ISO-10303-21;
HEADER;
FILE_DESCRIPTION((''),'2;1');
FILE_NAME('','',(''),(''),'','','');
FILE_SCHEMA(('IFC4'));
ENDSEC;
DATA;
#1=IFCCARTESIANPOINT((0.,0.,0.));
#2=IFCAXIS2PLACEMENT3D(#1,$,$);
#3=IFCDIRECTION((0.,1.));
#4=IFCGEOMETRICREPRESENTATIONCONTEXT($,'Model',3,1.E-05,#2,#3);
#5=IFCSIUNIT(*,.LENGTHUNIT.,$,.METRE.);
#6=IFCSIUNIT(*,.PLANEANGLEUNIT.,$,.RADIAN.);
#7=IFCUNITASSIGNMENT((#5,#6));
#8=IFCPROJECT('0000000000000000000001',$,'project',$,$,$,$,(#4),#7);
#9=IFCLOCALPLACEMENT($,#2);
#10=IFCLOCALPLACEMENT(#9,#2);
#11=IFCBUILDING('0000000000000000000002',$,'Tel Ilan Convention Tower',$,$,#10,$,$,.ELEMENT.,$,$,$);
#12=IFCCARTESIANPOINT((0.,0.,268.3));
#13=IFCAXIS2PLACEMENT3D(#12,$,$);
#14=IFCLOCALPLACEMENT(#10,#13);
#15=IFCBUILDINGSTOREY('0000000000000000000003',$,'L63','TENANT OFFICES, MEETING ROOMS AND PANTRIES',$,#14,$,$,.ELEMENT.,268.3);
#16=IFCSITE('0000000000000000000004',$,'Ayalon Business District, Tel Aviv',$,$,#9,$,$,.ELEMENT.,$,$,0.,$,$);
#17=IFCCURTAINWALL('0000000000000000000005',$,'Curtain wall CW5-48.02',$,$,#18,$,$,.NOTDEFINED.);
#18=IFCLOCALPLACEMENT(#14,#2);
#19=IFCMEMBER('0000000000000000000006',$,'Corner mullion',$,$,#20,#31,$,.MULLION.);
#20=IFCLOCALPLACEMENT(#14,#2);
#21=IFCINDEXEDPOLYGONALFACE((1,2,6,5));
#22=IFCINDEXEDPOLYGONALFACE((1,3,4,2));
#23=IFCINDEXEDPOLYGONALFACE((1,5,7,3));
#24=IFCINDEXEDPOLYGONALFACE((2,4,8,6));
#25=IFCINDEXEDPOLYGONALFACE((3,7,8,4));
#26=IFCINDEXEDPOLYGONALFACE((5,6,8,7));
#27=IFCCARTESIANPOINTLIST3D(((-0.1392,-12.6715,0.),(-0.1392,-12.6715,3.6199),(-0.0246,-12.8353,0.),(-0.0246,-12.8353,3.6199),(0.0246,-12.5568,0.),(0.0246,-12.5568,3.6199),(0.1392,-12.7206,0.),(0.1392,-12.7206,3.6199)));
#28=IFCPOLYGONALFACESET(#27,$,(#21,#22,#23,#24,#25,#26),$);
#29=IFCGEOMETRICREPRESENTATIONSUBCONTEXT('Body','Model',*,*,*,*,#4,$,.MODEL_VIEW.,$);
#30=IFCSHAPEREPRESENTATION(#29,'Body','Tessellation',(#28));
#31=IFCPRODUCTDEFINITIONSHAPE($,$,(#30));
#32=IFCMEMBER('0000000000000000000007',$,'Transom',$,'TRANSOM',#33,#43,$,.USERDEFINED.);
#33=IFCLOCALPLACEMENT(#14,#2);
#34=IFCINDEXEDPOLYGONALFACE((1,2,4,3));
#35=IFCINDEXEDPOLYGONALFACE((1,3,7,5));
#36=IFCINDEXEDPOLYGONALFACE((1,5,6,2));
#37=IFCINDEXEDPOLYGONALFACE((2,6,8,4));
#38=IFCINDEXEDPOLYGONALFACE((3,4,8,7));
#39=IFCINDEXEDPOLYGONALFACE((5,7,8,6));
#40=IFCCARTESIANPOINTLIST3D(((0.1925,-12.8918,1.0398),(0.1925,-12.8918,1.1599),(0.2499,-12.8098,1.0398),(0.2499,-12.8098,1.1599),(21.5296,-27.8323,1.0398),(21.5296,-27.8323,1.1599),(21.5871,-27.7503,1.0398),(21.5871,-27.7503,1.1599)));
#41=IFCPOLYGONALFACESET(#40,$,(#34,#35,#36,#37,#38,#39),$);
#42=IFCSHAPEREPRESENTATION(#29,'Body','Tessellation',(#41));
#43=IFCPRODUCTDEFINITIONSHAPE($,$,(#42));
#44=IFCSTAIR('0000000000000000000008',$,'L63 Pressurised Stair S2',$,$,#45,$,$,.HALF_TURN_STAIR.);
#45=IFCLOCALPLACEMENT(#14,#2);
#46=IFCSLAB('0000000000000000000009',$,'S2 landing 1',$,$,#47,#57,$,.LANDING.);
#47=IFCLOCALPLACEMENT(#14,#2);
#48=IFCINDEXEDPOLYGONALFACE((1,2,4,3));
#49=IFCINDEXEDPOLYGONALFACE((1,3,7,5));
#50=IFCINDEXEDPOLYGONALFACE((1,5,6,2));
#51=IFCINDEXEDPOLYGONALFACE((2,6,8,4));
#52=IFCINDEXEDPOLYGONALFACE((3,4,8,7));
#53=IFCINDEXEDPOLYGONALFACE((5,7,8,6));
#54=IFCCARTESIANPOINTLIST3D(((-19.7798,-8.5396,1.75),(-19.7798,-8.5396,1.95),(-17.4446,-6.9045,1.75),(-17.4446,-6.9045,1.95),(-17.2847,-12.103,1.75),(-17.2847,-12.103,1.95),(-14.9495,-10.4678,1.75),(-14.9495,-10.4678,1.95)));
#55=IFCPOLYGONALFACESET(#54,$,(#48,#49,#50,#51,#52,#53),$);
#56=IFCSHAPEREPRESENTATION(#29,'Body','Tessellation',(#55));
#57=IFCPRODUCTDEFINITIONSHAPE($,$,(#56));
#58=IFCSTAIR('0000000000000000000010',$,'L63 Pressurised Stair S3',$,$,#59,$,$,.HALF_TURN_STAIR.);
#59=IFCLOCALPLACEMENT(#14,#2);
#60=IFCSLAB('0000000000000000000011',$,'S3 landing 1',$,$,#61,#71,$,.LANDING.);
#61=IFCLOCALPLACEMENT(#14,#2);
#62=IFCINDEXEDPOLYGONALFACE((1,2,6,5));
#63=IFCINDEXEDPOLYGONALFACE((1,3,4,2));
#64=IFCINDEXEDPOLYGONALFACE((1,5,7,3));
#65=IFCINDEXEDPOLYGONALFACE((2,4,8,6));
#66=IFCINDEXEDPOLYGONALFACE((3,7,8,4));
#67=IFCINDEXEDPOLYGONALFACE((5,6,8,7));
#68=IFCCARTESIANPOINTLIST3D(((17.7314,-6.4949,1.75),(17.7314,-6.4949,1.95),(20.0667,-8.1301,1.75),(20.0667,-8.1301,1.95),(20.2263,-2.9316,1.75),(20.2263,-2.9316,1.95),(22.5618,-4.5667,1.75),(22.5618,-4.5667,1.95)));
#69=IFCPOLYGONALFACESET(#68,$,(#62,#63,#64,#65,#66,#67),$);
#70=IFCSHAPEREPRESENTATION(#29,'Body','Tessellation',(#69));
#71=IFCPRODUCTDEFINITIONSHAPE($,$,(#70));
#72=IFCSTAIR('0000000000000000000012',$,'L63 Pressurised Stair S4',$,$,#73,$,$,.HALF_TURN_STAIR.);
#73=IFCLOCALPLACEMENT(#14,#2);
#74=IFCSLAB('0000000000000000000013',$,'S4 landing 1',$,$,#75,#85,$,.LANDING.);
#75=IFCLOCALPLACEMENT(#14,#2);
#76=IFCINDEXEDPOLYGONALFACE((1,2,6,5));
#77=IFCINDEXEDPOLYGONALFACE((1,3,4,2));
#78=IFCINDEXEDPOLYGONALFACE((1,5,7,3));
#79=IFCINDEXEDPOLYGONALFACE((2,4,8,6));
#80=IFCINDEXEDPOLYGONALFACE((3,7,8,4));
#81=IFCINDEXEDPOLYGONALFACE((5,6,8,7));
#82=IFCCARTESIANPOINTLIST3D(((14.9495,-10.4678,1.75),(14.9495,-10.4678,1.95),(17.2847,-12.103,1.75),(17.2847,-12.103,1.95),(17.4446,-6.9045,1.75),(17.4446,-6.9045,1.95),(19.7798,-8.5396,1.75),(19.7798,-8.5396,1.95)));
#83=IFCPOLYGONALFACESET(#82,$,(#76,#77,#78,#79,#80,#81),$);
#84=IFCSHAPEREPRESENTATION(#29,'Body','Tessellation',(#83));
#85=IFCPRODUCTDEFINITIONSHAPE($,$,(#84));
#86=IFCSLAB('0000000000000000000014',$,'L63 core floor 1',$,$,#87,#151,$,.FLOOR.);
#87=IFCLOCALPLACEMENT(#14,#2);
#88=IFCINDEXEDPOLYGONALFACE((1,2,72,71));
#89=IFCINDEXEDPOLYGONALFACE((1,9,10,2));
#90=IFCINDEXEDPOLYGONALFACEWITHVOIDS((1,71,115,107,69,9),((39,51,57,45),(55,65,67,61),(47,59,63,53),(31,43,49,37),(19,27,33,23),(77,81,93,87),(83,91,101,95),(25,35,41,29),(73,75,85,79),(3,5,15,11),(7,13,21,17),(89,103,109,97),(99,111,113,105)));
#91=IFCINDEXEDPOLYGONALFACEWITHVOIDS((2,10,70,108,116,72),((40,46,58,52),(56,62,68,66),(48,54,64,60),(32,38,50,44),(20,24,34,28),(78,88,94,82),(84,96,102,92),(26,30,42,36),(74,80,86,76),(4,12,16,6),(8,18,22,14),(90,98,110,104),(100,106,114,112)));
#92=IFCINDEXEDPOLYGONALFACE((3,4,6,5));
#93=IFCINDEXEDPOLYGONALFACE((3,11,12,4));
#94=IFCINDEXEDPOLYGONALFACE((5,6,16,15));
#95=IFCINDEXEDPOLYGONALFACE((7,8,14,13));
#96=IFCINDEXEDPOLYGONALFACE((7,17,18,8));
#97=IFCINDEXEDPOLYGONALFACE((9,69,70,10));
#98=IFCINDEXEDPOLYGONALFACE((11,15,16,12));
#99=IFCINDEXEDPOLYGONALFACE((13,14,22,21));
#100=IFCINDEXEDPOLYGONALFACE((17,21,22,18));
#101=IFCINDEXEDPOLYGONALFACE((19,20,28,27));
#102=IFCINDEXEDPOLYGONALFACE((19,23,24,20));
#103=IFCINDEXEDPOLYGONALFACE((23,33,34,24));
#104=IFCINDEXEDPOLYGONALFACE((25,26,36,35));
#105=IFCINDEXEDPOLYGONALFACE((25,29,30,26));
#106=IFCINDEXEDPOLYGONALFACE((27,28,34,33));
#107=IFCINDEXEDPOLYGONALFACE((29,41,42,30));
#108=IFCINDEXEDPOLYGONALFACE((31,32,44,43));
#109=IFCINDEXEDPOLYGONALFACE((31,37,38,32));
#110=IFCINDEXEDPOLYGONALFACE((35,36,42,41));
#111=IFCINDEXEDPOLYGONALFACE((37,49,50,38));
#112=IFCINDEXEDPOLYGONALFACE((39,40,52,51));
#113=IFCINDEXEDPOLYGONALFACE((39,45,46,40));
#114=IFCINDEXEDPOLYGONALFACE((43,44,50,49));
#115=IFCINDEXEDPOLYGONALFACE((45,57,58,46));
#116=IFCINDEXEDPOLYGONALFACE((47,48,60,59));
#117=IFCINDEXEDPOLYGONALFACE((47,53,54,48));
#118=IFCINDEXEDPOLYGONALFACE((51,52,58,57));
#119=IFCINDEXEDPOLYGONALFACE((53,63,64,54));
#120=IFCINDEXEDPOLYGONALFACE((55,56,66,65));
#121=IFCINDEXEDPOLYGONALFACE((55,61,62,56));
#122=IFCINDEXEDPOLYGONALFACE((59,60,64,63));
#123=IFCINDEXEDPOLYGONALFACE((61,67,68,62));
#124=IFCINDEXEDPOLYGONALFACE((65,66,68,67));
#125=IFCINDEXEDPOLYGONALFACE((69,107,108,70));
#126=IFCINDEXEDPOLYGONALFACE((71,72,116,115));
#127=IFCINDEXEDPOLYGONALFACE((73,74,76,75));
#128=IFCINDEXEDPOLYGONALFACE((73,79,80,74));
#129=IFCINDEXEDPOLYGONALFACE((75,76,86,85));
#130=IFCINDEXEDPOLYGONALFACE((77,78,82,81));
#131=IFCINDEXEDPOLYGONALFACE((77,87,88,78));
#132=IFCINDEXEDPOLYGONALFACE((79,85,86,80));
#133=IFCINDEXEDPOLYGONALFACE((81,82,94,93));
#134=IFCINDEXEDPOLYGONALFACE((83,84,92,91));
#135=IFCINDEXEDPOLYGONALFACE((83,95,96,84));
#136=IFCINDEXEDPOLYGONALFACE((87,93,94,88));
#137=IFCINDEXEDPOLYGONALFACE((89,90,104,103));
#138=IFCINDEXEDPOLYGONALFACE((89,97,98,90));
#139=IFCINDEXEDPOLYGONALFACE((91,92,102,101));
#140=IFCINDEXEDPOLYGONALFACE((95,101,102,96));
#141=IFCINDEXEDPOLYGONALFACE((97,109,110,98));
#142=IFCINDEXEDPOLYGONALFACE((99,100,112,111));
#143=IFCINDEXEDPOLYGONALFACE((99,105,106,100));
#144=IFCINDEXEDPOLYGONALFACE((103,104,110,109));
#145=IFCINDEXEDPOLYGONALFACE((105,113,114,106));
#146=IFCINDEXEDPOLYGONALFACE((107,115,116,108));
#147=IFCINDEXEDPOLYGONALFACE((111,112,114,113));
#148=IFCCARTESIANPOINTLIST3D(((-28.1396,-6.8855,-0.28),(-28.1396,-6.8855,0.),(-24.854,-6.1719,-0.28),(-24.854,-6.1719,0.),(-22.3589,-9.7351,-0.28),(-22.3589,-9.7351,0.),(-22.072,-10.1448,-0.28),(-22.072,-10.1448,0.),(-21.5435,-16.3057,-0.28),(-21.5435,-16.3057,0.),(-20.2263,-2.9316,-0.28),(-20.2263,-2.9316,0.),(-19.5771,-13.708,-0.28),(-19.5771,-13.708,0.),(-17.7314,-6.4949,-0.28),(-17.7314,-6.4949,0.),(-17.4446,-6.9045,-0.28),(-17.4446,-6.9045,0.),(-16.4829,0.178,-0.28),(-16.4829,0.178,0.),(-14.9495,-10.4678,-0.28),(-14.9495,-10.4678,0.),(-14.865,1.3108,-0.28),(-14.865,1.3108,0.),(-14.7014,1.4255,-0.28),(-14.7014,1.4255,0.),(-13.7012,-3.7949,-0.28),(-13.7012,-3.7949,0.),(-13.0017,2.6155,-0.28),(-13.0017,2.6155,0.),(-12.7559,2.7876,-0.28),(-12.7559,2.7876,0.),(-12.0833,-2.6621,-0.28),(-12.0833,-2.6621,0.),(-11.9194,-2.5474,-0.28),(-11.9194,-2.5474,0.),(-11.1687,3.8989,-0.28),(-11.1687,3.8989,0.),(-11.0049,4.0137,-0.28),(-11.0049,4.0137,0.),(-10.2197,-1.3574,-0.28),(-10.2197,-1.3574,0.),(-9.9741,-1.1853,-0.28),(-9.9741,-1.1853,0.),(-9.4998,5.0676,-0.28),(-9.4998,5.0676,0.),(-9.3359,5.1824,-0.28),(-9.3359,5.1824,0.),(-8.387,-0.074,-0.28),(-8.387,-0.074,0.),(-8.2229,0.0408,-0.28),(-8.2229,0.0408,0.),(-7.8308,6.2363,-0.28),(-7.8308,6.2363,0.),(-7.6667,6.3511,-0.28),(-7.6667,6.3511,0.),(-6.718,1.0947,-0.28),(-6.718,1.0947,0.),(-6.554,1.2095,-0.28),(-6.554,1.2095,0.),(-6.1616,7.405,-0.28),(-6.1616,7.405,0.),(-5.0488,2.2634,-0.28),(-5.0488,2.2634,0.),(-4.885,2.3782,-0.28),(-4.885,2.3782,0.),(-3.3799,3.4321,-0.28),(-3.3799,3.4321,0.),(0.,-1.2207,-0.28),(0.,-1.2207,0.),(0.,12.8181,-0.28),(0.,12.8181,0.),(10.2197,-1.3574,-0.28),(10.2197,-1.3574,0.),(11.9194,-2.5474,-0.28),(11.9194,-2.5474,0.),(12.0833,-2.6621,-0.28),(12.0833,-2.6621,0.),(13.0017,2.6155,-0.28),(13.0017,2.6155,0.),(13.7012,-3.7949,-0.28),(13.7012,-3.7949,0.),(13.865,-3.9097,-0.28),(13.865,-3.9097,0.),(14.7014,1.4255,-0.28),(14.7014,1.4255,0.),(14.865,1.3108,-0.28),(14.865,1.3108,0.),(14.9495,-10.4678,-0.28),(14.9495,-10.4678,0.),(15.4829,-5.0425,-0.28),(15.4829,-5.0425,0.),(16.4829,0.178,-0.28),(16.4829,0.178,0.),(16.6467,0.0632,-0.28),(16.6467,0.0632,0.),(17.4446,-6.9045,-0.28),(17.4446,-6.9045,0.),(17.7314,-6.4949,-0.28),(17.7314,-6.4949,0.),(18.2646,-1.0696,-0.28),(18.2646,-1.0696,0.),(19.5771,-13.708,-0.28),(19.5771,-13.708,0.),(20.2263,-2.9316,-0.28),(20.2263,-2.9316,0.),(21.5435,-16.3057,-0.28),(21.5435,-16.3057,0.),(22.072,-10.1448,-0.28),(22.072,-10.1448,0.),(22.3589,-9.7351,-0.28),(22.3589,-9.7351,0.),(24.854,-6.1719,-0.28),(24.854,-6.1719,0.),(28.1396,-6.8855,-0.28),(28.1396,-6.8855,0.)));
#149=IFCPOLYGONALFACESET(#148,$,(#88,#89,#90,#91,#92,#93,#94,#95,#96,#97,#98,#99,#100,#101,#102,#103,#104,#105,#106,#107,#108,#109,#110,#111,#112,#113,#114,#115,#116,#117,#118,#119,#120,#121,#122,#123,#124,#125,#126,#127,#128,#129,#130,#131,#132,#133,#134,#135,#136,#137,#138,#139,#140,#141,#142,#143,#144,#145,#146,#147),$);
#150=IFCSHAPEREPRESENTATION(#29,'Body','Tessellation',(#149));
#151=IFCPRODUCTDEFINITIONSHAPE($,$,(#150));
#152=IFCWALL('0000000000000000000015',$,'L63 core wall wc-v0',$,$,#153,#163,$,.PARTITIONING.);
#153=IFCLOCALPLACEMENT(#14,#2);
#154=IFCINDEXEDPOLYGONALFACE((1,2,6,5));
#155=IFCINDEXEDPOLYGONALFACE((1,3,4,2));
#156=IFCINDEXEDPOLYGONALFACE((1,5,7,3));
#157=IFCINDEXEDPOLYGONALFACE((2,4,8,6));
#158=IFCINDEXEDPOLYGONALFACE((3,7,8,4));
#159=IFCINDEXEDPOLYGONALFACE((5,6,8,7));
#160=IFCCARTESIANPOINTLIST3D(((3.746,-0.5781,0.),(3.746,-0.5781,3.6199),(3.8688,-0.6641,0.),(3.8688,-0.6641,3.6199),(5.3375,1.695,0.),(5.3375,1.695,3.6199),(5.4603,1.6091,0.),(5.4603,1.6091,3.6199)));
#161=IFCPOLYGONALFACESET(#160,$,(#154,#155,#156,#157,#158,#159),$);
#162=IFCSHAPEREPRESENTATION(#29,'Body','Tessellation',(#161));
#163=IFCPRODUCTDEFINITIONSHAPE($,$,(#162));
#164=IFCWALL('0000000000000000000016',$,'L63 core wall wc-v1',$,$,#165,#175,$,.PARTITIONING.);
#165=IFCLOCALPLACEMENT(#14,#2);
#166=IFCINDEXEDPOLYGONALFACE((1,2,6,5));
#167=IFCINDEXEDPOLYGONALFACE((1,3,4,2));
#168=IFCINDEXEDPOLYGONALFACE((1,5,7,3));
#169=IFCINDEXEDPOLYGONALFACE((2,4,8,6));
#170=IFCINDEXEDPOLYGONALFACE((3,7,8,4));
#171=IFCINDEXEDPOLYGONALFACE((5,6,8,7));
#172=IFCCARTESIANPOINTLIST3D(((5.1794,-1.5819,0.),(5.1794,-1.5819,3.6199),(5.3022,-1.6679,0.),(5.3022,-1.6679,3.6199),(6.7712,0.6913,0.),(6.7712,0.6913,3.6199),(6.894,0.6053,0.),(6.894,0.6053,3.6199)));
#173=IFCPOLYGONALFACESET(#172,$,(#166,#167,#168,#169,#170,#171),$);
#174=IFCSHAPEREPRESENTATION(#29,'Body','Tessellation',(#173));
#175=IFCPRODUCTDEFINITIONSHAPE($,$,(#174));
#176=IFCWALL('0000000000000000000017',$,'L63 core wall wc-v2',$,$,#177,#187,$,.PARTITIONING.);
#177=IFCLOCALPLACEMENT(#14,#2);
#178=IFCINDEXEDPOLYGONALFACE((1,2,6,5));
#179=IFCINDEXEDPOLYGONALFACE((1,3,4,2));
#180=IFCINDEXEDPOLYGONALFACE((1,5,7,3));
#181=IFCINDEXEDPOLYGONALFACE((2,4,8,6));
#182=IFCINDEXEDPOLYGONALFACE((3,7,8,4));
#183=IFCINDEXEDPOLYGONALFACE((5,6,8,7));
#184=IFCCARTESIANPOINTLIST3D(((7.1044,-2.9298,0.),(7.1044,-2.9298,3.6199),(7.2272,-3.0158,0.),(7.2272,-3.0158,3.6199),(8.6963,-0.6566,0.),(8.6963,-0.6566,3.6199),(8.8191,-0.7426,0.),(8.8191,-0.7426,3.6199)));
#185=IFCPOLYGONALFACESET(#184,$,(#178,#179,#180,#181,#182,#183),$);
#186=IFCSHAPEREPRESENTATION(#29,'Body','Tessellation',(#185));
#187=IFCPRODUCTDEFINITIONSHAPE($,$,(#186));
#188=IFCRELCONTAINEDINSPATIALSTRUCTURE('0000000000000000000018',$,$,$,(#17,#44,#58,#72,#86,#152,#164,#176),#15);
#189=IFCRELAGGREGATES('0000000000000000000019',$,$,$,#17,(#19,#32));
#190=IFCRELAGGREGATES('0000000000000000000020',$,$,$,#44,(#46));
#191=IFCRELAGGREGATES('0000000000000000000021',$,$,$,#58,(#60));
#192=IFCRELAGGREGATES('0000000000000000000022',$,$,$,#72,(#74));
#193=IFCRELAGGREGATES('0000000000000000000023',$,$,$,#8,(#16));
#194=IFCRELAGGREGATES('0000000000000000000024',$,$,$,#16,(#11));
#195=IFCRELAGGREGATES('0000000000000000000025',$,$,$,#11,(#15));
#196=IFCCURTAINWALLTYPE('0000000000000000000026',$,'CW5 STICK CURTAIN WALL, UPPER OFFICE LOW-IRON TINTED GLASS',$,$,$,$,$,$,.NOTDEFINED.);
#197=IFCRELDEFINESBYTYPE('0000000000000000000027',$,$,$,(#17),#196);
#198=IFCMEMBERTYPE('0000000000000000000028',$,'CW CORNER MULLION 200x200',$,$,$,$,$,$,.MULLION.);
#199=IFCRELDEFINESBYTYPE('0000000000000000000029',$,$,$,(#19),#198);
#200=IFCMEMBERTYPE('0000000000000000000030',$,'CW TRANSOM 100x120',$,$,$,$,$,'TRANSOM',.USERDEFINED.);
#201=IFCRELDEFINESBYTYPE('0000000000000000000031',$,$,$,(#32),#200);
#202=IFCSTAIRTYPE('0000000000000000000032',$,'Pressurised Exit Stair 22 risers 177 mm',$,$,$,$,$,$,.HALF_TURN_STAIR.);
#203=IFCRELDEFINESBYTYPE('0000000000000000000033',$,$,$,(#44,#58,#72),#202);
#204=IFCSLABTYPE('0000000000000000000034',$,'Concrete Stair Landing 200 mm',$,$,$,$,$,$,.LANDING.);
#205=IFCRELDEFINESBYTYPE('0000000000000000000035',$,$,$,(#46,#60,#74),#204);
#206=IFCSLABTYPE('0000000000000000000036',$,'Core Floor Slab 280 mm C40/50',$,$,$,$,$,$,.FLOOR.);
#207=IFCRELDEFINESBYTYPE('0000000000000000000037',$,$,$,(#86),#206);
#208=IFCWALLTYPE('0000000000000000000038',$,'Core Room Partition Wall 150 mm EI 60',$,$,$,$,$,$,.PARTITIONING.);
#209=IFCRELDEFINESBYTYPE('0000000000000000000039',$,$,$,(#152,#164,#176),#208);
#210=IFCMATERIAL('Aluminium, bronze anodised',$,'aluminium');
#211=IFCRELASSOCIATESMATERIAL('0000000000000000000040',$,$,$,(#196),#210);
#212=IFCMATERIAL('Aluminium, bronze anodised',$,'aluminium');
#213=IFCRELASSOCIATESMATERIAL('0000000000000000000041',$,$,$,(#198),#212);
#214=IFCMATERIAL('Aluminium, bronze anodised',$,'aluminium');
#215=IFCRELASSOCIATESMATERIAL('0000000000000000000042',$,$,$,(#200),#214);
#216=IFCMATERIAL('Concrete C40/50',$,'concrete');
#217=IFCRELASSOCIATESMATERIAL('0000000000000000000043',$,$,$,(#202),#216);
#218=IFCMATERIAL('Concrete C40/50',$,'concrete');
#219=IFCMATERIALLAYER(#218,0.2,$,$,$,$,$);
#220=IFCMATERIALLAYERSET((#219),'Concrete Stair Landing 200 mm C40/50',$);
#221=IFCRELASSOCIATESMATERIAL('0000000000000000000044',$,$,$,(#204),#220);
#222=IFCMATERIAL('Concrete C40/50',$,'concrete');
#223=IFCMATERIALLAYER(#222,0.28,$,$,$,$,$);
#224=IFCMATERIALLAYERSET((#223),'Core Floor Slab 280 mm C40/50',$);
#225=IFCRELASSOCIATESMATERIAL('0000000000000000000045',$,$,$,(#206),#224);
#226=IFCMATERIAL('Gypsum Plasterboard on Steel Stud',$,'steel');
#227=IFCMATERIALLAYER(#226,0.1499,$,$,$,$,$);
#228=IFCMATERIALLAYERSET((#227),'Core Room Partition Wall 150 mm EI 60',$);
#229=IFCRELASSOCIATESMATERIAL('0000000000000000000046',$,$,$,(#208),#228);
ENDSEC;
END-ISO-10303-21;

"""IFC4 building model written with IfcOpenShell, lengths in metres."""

from ifc_helpers import new_model, si_unit, direction, frame, frame_2d, origin, origin_2d, place, context, subcontext, project, spatial, polyline, rectangle, outline, extrude, material, layer, layer_set, material_profile, profile_set, type_object, element, aggregate, save


model = new_model("IFC4")

# Units and contexts
model_context = context("Model", 3, precision=1e-05, world=origin(), true_north=direction((0.0, 1.0)))
body_context = subcontext(model_context, "Body", "Model", "MODEL_VIEW")
ifc_project = project(units=[si_unit("LENGTHUNIT", "METRE"), si_unit("PLANEANGLEUNIT", "RADIAN")], contexts=[model_context])

# Site, building, storey
site_placement = place(None, origin())
site = spatial("IfcSite", under=ifc_project, at=site_placement, Name="Ayalon Business District, Tel Aviv", CompositionType="ELEMENT", RefElevation=0.0)
building_placement = place(site_placement, origin())
building = spatial("IfcBuilding", under=site, at=building_placement, Name="Tel Ilan Convention Tower", CompositionType="ELEMENT")
storey_placement = place(building_placement, frame((0.0, 0.0, 268.3)))
storey = spatial("IfcBuildingStorey", under=building, at=storey_placement, Name="L63", Description="TENANT OFFICES, MEETING ROOMS AND PANTRIES", CompositionType="ELEMENT", Elevation=268.3)

# Curtain wall, members
ifc_material_1 = material(Name="Aluminium, bronze anodised", Category="aluminium")
curtain_wall_type = type_object("IfcCurtainWallType", Name="CW5 STICK CURTAIN WALL, UPPER OFFICE LOW-IRON TINTED GLASS", PredefinedType="NOTDEFINED", material=ifc_material_1)
curtain_wall_placement = place(storey_placement, origin())
curtain_wall = element("IfcCurtainWall", 1, at=curtain_wall_placement, inside=storey, type_object=curtain_wall_type, Name="Curtain wall CW5-48.02", PredefinedType="NOTDEFINED")
ifc_material_2 = material(Name="Aluminium, bronze anodised", Category="aluminium")
ifc_material_profile_1 = material_profile(ifc_material_2, rectangle(XDim=0.2, YDim=0.2, at=origin_2d()), Name="CW CORNER MULLION 200x200")
ifc_profile_set_1 = profile_set([ifc_material_profile_1], Name="Aluminium, bronze anodised")
member_type_1 = type_object("IfcMemberType", Name="CW CORNER MULLION 200x200", PredefinedType="MULLION", material=ifc_profile_set_1)
member_1_placement = place(storey_placement, frame((0.0, -12.696, 0.0), z_axis=(0.0, 0.0, 1.0), x_axis=(0.819152, 0.573576, 0.0)))
member_1 = element("IfcMember", 2, at=member_1_placement, type_object=member_type_1, Name="Corner mullion", PredefinedType="MULLION", context=body_context, shape_type="SweptSolid", body=[
    extrude(rectangle(XDim=0.2, YDim=0.2, at=origin_2d()), origin(), (0.0, 0.0, 1.0), 3.6199),
])
ifc_material_3 = material(Name="Aluminium, bronze anodised", Category="aluminium")
ifc_material_profile_2 = material_profile(ifc_material_3, rectangle(XDim=0.1001, YDim=0.1201, at=origin_2d()), Name="CW TRANSOM 100x120")
ifc_profile_set_2 = profile_set([ifc_material_profile_2], Name="Aluminium, bronze anodised")
member_type_2 = type_object("IfcMemberType", Name="CW TRANSOM 100x120", ElementType="TRANSOM", PredefinedType="USERDEFINED", material=ifc_profile_set_2)
member_2_placement = place(storey_placement, frame((0.2212, -12.8508, 1.0999), z_axis=(0.819152, -0.573576, 0.0), x_axis=(0.573576, 0.819152, 0.0)))
member_2 = element("IfcMember", 3, at=member_2_placement, type_object=member_type_2, Name="Transom", ObjectType="TRANSOM", PredefinedType="USERDEFINED", context=body_context, shape_type="SweptSolid", body=[
    extrude(rectangle(XDim=0.1001, YDim=0.1201, at=origin_2d()), origin(), (0.0, 0.0, 1.0), 26.0479),
])
aggregate(curtain_wall, [member_1, member_2])

# Stairs, slabs
ifc_material_4 = material(Name="Concrete C40/50", Category="concrete")
stair_type = type_object("IfcStairType", Name="Pressurised Exit Stair 22 risers 177 mm", PredefinedType="HALF_TURN_STAIR", material=ifc_material_4)
stair_1_placement = place(storey_placement, origin())
stair_1 = element("IfcStair", 4, at=stair_1_placement, inside=storey, type_object=stair_type, Name="L63 Pressurised Stair S2", PredefinedType="HALF_TURN_STAIR")
ifc_material_5 = material(Name="Concrete C40/50", Category="concrete")
ifc_layer_1 = layer(ifc_material_5, 0.2)
ifc_layer_set_1 = layer_set([ifc_layer_1], Name="Concrete Stair Landing 200 mm C40/50")
slab_type_1 = type_object("IfcSlabType", Name="Concrete Stair Landing 200 mm", PredefinedType="LANDING", material=ifc_layer_set_1)
slab_1_placement = place(storey_placement, frame((0.0, 0.0, 1.75)))
slab_1 = element("IfcSlab", 5, at=slab_1_placement, type_object=slab_type_1, Name="S2 landing 1", PredefinedType="LANDING", context=body_context, shape_type="SweptSolid", body=[
    extrude(outline(polyline([(-17.2847, -12.103), (-14.9495, -10.4678), (-17.4446, -6.9045), (-19.7798, -8.5396), (-17.2847, -12.103)])), origin(), (0.0, 0.0, 1.0), 0.2),
])
aggregate(stair_1, [slab_1])
stair_2_placement = place(storey_placement, origin())
stair_2 = element("IfcStair", 6, at=stair_2_placement, inside=storey, type_object=stair_type, Name="L63 Pressurised Stair S3", PredefinedType="HALF_TURN_STAIR")
slab_2_placement = place(storey_placement, frame((0.0, 0.0, 1.75)))
slab_2 = element("IfcSlab", 7, at=slab_2_placement, type_object=slab_type_1, Name="S3 landing 1", PredefinedType="LANDING", context=body_context, shape_type="SweptSolid", body=[
    extrude(outline(polyline([(22.5618, -4.5667), (20.2263, -2.9316), (17.7314, -6.4949), (20.0667, -8.1301), (22.5618, -4.5667)])), origin(), (0.0, 0.0, 1.0), 0.2),
])
aggregate(stair_2, [slab_2])
stair_3_placement = place(storey_placement, origin())
stair_3 = element("IfcStair", 8, at=stair_3_placement, inside=storey, type_object=stair_type, Name="L63 Pressurised Stair S4", PredefinedType="HALF_TURN_STAIR")
slab_3_placement = place(storey_placement, frame((0.0, 0.0, 1.75)))
slab_3 = element("IfcSlab", 9, at=slab_3_placement, type_object=slab_type_1, Name="S4 landing 1", PredefinedType="LANDING", context=body_context, shape_type="SweptSolid", body=[
    extrude(outline(polyline([(19.7798, -8.5396), (17.4446, -6.9045), (14.9495, -10.4678), (17.2847, -12.103), (19.7798, -8.5396)])), origin(), (0.0, 0.0, 1.0), 0.2),
])
aggregate(stair_3, [slab_3])

# Slab
ifc_material_6 = material(Name="Concrete C40/50", Category="concrete")
ifc_layer_2 = layer(ifc_material_6, 0.28)
ifc_layer_set_2 = layer_set([ifc_layer_2], Name="Core Floor Slab 280 mm C40/50")
slab_type_2 = type_object("IfcSlabType", Name="Core Floor Slab 280 mm C40/50", PredefinedType="FLOOR", material=ifc_layer_set_2)
slab_4_placement = place(storey_placement, frame((0.0, 0.0, -0.28)))
element("IfcSlab", 10, at=slab_4_placement, inside=storey, type_object=slab_type_2, Name="L63 core floor 1", PredefinedType="FLOOR", context=body_context, shape_type="SweptSolid", body=[
    extrude(outline(polyline([(-28.1396, -6.8855), (0.0, 12.8181), (28.1396, -6.8855), (21.5435, -16.3057), (0.0, -1.2207), (-21.5435, -16.3057), (-28.1396, -6.8855)]), holes=[polyline([(-17.4446, -6.9045), (-22.072, -10.1448), (-19.5771, -13.708), (-14.9495, -10.4678), (-17.4446, -6.9045)]), polyline([(-17.7314, -6.4949), (-20.2263, -2.9316), (-24.854, -6.1719), (-22.3589, -9.7351), (-17.7314, -6.4949)]), polyline([(-14.865, 1.3108), (-16.4829, 0.178), (-13.7012, -3.7949), (-12.0833, -2.6621), (-14.865, 1.3108)]), polyline([(-14.7014, 1.4255), (-11.9194, -2.5474), (-10.2197, -1.3574), (-13.0017, 2.6155), (-14.7014, 1.4255)]), polyline([(-11.1687, 3.8989), (-12.7559, 2.7876), (-9.9741, -1.1853), (-8.387, -0.074), (-11.1687, 3.8989)]), polyline([(-9.4998, 5.0676), (-11.0049, 4.0137), (-8.2229, 0.0408), (-6.718, 1.0947), (-9.4998, 5.0676)]), polyline([(-9.3359, 5.1824), (-6.554, 1.2095), (-5.0488, 2.2634), (-7.8308, 6.2363), (-9.3359, 5.1824)]), polyline([(17.4446, -6.9045), (14.9495, -10.4678), (19.5771, -13.708), (22.072, -10.1448), (17.4446, -6.9045)]), polyline([(20.2263, -2.9316), (17.7314, -6.4949), (22.3589, -9.7351), (24.854, -6.1719), (20.2263, -2.9316)]), polyline([(15.4829, -5.0425), (18.2646, -1.0696), (16.6467, 0.0632), (13.865, -3.9097), (15.4829, -5.0425)]), polyline([(13.7012, -3.7949), (16.4829, 0.178), (14.865, 1.3108), (12.0833, -2.6621), (13.7012, -3.7949)]), polyline([(11.9194, -2.5474), (14.7014, 1.4255), (13.0017, 2.6155), (10.2197, -1.3574), (11.9194, -2.5474)]), polyline([(-6.1616, 7.405), (-7.6667, 6.3511), (-4.885, 2.3782), (-3.3799, 3.4321), (-6.1616, 7.405)])]), origin(), (0.0, 0.0, 1.0), 0.28),
])

# Walls
ifc_material_7 = material(Name="Gypsum Plasterboard on Steel Stud", Category="steel")
ifc_layer_3 = layer(ifc_material_7, 0.1499)
ifc_layer_set_3 = layer_set([ifc_layer_3], Name="Core Room Partition Wall 150 mm EI 60")
wall_type_1 = type_object("IfcWallType", Name="Core Room Partition Wall 150 mm EI 60", PredefinedType="PARTITIONING", material=ifc_layer_set_3)
wall_1_placement = place(storey_placement, frame((3.8074, -0.6211, 0.0), z_axis=(0.0, 0.0, 1.0), x_axis=(0.573539, 0.819178, 0.0)))
element("IfcWall", 11, at=wall_1_placement, inside=storey, type_object=wall_type_1, Name="L63 core wall wc-v0", PredefinedType="PARTITIONING", context=body_context, shape_type="SweptSolid", body=[
    extrude(rectangle(XDim=2.7749, YDim=0.1499, at=frame_2d((1.3875, 0.0))), origin(), (0.0, 0.0, 1.0), 3.6199),
])
for number, where, z_axis, x_axis, name in (
    (12, (5.2407, -1.625, 0.0), (0.0, 0.0, 1.0), (0.573598, 0.819137, 0.0), "L63 core wall wc-v1"),
    (13, (7.1658, -2.9729, 0.0), (0.0, 0.0, 1.0), (0.573598, 0.819137, 0.0), "L63 core wall wc-v2"),
):
    element("IfcWall", number, at=place(storey_placement, frame(where, z_axis=z_axis, x_axis=x_axis)), inside=storey, type_object=wall_type_1, Name=name, PredefinedType="PARTITIONING", context=body_context, shape_type="SweptSolid", body=[
        extrude(rectangle(XDim=2.7751, YDim=0.1499, at=frame_2d((1.3877, 0.0))), origin(), (0.0, 0.0, 1.0), 3.6199),
    ])

save(model, "model.ifc")
